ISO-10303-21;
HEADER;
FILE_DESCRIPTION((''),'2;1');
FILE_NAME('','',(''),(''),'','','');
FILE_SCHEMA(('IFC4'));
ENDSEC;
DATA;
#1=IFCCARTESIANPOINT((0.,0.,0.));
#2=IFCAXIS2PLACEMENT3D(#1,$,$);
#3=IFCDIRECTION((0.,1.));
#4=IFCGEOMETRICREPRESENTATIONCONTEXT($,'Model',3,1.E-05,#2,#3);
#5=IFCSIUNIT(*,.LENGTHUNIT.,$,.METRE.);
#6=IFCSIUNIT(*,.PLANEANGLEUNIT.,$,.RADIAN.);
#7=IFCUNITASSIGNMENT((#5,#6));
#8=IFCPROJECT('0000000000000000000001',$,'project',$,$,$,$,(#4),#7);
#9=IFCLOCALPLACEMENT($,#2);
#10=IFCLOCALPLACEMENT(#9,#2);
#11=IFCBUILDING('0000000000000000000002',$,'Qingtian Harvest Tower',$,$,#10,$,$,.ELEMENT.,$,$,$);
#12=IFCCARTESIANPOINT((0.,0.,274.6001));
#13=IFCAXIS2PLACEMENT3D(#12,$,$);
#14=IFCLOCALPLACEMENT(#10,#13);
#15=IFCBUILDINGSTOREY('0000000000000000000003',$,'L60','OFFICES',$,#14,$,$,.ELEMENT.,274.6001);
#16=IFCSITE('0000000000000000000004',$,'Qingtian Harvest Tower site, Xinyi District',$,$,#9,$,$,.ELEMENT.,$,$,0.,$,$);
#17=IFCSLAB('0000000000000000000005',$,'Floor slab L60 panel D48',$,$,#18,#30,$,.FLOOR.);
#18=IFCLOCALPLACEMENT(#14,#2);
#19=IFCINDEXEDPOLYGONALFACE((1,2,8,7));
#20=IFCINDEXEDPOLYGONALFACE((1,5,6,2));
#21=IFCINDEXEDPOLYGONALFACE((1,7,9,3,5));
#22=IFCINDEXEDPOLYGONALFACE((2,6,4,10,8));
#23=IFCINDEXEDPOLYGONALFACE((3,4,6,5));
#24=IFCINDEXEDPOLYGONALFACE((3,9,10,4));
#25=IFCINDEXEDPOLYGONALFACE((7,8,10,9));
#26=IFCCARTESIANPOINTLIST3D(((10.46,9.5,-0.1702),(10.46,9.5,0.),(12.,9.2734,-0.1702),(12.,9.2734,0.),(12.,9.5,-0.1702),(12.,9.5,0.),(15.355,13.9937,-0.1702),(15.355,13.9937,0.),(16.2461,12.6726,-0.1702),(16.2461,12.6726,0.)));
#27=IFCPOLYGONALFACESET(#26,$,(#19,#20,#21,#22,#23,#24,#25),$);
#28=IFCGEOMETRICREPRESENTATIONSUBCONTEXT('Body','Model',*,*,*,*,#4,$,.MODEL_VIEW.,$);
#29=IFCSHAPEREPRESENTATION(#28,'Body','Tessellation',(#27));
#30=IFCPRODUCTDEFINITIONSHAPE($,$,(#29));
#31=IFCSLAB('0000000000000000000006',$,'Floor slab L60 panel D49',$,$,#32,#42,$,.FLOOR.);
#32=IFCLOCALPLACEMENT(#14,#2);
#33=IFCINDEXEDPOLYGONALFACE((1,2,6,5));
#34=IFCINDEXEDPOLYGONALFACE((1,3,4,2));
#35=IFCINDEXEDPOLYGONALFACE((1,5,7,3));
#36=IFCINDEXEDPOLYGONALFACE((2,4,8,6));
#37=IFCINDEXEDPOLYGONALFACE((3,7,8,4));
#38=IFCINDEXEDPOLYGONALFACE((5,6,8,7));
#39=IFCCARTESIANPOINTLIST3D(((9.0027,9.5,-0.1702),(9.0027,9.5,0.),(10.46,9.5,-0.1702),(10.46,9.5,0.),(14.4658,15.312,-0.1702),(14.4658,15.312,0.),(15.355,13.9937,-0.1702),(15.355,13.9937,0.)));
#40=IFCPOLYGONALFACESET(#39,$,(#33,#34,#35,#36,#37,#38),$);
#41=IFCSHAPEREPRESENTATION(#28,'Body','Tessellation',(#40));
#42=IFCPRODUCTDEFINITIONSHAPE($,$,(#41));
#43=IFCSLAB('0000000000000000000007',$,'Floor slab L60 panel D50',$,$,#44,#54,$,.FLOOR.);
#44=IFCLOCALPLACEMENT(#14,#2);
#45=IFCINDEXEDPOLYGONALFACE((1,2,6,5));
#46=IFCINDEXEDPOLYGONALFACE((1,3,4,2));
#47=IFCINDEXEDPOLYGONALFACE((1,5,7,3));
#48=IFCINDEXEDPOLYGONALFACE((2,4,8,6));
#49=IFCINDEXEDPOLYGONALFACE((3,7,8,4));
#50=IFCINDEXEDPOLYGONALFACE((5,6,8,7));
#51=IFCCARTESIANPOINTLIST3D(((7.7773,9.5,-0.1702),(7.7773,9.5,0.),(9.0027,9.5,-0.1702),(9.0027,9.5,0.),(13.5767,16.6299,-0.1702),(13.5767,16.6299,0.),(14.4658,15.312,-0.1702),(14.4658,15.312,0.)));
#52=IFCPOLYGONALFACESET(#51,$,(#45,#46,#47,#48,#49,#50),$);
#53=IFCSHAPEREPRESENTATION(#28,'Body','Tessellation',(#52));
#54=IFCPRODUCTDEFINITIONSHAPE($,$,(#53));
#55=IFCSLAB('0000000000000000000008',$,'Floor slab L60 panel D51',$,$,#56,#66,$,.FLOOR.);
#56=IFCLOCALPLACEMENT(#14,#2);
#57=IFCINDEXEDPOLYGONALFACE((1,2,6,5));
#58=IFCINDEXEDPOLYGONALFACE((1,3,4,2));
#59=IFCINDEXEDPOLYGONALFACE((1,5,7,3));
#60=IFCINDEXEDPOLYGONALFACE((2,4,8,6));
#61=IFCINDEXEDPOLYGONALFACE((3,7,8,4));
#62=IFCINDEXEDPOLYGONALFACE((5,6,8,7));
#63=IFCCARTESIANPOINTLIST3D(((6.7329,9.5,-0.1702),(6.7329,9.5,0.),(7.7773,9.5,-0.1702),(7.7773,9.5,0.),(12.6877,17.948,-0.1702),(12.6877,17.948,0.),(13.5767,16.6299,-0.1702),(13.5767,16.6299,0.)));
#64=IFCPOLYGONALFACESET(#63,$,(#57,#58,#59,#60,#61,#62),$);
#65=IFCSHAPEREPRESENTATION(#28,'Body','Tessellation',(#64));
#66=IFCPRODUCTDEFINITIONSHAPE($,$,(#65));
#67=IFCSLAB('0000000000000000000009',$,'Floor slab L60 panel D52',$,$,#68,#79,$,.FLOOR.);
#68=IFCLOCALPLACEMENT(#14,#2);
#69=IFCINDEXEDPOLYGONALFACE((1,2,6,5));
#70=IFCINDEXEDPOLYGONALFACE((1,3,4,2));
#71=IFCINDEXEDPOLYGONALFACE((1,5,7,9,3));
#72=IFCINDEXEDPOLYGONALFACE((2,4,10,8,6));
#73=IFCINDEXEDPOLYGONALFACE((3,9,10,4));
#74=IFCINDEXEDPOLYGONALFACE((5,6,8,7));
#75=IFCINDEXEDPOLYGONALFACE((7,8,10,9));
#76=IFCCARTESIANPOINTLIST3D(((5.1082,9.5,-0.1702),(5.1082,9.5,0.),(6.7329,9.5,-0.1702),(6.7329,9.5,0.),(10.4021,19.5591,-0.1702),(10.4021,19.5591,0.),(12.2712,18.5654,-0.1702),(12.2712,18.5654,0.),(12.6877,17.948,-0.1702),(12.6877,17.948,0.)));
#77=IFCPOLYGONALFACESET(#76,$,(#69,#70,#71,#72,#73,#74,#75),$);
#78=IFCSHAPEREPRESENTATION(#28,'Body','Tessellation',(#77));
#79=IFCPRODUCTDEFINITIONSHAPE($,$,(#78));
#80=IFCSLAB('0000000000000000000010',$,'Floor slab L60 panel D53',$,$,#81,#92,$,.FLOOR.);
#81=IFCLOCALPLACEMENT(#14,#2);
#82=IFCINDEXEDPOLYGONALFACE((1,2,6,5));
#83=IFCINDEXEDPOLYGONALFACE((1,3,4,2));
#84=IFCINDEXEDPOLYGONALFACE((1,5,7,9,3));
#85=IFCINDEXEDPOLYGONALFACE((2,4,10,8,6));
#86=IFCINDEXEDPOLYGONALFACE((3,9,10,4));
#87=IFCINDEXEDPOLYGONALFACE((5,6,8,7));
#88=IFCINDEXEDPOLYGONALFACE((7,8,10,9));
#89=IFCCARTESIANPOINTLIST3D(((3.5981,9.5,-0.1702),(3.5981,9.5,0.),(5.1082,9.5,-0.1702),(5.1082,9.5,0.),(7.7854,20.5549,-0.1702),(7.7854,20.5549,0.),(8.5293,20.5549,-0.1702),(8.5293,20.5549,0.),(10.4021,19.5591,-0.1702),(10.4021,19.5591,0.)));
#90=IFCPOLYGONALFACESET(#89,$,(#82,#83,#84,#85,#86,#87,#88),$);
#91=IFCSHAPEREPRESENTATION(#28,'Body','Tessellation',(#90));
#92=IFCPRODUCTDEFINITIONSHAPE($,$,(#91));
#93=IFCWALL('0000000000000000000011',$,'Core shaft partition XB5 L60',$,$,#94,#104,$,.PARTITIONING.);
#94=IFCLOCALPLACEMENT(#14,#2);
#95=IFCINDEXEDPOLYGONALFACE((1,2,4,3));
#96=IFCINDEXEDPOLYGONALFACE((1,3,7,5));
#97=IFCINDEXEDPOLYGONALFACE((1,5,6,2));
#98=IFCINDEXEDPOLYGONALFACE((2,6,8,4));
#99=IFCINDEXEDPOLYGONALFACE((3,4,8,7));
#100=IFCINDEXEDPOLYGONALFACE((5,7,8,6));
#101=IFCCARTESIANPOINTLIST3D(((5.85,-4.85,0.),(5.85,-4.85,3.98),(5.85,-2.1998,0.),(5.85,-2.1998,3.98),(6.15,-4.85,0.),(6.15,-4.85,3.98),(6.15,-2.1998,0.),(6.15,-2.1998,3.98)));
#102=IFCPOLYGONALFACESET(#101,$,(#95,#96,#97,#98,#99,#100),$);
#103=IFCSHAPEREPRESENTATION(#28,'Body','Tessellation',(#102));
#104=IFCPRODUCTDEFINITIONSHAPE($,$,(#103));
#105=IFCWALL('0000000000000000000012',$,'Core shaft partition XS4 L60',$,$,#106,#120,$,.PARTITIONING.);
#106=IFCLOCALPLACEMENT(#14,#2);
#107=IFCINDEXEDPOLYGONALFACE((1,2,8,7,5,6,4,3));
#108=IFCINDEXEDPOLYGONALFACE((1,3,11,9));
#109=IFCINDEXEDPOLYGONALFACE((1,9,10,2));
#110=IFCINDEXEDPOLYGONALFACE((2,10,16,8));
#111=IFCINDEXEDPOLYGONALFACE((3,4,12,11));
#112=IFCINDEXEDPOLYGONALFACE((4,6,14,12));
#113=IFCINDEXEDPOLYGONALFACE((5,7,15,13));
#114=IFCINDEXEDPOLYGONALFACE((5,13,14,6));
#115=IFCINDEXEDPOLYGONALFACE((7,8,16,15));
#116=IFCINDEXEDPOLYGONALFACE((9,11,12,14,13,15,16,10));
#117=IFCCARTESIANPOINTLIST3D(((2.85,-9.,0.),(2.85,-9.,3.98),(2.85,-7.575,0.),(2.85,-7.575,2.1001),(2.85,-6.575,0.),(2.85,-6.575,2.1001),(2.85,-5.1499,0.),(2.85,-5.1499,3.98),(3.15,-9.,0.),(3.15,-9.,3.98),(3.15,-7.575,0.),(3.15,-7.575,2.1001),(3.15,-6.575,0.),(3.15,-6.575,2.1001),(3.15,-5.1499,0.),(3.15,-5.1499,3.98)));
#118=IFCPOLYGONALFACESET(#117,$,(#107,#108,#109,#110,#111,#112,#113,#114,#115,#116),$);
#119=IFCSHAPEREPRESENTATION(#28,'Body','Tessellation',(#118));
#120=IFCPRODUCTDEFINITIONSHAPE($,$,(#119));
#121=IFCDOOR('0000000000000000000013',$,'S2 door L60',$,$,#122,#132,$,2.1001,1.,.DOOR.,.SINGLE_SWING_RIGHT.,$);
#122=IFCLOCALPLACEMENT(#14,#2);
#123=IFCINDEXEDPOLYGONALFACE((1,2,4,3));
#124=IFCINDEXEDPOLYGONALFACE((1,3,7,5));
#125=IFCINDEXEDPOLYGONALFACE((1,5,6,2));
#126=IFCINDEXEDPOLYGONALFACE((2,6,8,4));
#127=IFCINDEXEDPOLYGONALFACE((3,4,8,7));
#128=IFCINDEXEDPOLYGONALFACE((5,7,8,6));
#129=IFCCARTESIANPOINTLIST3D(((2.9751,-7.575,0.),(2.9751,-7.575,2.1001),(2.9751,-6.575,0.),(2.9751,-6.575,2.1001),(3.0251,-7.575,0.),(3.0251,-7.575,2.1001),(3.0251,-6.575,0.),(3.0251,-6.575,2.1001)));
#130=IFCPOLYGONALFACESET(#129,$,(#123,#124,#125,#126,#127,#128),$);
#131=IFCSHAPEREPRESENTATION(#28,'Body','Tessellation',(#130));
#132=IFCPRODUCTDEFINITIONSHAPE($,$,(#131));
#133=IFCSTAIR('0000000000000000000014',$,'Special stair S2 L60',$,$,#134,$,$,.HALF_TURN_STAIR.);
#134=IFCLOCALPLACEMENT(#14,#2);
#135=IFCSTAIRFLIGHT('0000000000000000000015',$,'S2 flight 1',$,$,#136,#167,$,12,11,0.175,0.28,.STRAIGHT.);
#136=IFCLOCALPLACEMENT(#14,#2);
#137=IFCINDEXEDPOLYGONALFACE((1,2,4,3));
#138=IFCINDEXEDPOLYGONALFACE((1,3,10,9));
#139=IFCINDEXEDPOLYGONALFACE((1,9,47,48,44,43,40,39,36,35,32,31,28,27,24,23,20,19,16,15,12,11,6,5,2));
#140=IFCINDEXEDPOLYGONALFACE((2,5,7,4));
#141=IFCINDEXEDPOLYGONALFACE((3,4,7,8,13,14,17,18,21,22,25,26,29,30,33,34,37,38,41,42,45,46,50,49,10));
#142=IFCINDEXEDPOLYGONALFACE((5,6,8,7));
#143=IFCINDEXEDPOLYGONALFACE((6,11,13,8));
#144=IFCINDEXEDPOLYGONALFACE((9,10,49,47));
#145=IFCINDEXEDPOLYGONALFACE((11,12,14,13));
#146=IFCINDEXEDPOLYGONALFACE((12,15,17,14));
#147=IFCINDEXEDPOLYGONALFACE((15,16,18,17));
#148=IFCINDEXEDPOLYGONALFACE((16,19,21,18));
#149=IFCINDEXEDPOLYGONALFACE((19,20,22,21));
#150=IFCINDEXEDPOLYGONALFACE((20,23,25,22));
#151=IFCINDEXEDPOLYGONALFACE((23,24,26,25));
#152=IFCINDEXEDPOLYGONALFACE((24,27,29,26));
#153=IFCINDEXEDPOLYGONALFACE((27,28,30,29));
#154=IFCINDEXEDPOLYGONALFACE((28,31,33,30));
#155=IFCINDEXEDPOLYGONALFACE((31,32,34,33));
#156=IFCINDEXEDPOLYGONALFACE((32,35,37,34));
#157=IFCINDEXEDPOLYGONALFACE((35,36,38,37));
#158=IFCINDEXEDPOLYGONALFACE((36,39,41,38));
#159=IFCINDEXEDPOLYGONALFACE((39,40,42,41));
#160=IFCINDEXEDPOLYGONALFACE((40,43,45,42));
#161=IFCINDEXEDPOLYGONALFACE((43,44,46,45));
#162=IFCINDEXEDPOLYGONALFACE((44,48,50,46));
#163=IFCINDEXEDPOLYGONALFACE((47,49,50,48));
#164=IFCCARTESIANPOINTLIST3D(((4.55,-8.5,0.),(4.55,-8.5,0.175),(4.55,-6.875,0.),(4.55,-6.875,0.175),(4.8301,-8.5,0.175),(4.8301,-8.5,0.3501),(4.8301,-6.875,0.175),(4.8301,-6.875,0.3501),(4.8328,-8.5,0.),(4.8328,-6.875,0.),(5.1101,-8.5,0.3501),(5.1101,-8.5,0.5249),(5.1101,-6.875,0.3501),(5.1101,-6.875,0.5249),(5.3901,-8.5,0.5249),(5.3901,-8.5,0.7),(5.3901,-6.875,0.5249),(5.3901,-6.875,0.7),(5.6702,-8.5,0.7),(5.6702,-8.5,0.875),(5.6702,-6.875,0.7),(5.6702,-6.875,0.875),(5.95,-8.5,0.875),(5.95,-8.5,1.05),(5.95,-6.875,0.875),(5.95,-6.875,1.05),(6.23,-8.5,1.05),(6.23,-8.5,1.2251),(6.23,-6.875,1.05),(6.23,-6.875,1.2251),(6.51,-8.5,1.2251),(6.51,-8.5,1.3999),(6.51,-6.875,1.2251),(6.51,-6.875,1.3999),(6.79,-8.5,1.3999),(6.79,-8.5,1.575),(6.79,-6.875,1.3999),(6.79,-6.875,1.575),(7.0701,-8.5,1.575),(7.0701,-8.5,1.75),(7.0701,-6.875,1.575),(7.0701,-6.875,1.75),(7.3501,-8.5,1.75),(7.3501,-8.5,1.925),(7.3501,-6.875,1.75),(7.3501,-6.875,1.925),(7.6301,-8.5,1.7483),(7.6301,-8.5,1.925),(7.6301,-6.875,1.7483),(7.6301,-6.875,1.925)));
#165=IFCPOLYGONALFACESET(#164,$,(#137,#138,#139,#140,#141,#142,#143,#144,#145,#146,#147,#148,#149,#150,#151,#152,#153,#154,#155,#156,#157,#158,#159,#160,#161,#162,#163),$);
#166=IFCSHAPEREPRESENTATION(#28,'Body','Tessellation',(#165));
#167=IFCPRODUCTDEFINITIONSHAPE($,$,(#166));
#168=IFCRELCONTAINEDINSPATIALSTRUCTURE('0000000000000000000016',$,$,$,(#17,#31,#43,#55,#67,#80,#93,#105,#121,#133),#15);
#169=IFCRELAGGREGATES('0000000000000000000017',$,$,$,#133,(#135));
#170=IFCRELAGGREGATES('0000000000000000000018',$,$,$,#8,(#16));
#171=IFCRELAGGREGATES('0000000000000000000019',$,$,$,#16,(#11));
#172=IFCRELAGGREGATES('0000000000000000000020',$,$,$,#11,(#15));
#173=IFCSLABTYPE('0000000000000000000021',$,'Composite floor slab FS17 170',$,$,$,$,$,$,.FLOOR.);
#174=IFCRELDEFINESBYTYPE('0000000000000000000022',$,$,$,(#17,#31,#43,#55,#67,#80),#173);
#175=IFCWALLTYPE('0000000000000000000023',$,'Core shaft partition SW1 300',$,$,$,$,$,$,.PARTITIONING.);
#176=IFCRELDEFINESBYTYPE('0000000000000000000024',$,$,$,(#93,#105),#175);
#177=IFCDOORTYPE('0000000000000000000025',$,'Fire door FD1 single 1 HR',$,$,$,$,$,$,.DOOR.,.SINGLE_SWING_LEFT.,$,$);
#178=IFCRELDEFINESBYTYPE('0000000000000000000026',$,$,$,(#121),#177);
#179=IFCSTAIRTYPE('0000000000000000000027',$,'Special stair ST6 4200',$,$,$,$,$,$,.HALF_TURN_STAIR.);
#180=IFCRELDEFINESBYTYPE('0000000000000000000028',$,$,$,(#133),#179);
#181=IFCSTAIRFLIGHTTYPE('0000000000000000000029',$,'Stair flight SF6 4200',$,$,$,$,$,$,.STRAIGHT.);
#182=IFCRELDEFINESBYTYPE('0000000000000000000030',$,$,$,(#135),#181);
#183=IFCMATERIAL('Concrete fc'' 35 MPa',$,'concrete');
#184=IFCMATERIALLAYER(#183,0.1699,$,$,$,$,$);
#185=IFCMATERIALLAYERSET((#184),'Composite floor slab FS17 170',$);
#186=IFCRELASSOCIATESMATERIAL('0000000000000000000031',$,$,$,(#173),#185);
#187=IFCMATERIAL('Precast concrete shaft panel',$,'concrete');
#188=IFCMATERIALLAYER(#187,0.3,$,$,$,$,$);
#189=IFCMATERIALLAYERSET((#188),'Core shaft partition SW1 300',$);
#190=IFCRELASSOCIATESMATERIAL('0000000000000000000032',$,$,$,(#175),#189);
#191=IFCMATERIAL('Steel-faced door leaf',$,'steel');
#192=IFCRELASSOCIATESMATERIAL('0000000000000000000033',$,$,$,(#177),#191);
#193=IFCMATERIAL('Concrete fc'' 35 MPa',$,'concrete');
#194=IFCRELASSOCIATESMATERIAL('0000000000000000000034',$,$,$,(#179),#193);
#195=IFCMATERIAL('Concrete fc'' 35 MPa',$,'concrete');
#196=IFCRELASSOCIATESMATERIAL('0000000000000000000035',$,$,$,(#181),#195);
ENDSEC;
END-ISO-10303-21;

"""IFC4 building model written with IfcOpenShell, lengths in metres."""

from ifc_helpers import new_model, si_unit, direction, frame, frame_2d, origin, place, context, subcontext, project, spatial, polyline, rectangle, outline, extrude, material, layer, layer_set, type_object, element, fill, aggregate, save


model = new_model("IFC4")

# Units and contexts
model_context = context("Model", 3, precision=1e-05, world=origin(), true_north=direction((0.0, 1.0)))
body_context = subcontext(model_context, "Body", "Model", "MODEL_VIEW")
ifc_project = project(units=[si_unit("LENGTHUNIT", "METRE"), si_unit("PLANEANGLEUNIT", "RADIAN")], contexts=[model_context])

# Site, building, storey
site_placement = place(None, origin())
site = spatial("IfcSite", under=ifc_project, at=site_placement, Name="Qingtian Harvest Tower site, Xinyi District", CompositionType="ELEMENT", RefElevation=0.0)
building_placement = place(site_placement, origin())
building = spatial("IfcBuilding", under=site, at=building_placement, Name="Qingtian Harvest Tower", CompositionType="ELEMENT")
storey_placement = place(building_placement, frame((0.0, 0.0, 274.6001)))
storey = spatial("IfcBuildingStorey", under=building, at=storey_placement, Name="L60", Description="OFFICES", CompositionType="ELEMENT", Elevation=274.6001)

# Slabs
ifc_material_1 = material(Name="Concrete fc' 35 MPa", Category="concrete")
ifc_layer_1 = layer(ifc_material_1, 0.1699)
ifc_layer_set_1 = layer_set([ifc_layer_1], Name="Composite floor slab FS17 170")
slab_type = type_object("IfcSlabType", Name="Composite floor slab FS17 170", PredefinedType="FLOOR", material=ifc_layer_set_1)
slab_1_placement = place(storey_placement, frame((0.0, 0.0, -0.1702)))
element("IfcSlab", 1, at=slab_1_placement, inside=storey, type_object=slab_type, Name="Floor slab L60 panel D48", PredefinedType="FLOOR", context=body_context, shape_type="SweptSolid", body=[
    extrude(outline(polyline([(12.0, 9.5), (10.46, 9.5), (15.355, 13.9937), (16.2461, 12.6726), (12.0, 9.2734), (12.0, 9.5)])), origin(), (0.0, 0.0, 1.0), 0.1702),
])
slab_2_placement = place(storey_placement, frame((0.0, 0.0, -0.1702)))
element("IfcSlab", 2, at=slab_2_placement, inside=storey, type_object=slab_type, Name="Floor slab L60 panel D49", PredefinedType="FLOOR", context=body_context, shape_type="SweptSolid", body=[
    extrude(outline(polyline([(9.0027, 9.5), (14.4658, 15.312), (15.355, 13.9937), (10.46, 9.5), (9.0027, 9.5)])), origin(), (0.0, 0.0, 1.0), 0.1702),
])
slab_3_placement = place(storey_placement, frame((0.0, 0.0, -0.1702)))
element("IfcSlab", 3, at=slab_3_placement, inside=storey, type_object=slab_type, Name="Floor slab L60 panel D50", PredefinedType="FLOOR", context=body_context, shape_type="SweptSolid", body=[
    extrude(outline(polyline([(7.7773, 9.5), (13.5767, 16.6299), (14.4658, 15.312), (9.0027, 9.5), (7.7773, 9.5)])), origin(), (0.0, 0.0, 1.0), 0.1702),
])
slab_4_placement = place(storey_placement, frame((0.0, 0.0, -0.1702)))
element("IfcSlab", 4, at=slab_4_placement, inside=storey, type_object=slab_type, Name="Floor slab L60 panel D51", PredefinedType="FLOOR", context=body_context, shape_type="SweptSolid", body=[
    extrude(outline(polyline([(6.7329, 9.5), (12.6877, 17.948), (13.5767, 16.6299), (7.7773, 9.5), (6.7329, 9.5)])), origin(), (0.0, 0.0, 1.0), 0.1702),
])
slab_5_placement = place(storey_placement, frame((0.0, 0.0, -0.1702)))
element("IfcSlab", 5, at=slab_5_placement, inside=storey, type_object=slab_type, Name="Floor slab L60 panel D52", PredefinedType="FLOOR", context=body_context, shape_type="SweptSolid", body=[
    extrude(outline(polyline([(6.7329, 9.5), (5.1082, 9.5), (10.4021, 19.5591), (12.2712, 18.5654), (12.6877, 17.948), (6.7329, 9.5)])), origin(), (0.0, 0.0, 1.0), 0.1702),
])
slab_6_placement = place(storey_placement, frame((0.0, 0.0, -0.1702)))
element("IfcSlab", 6, at=slab_6_placement, inside=storey, type_object=slab_type, Name="Floor slab L60 panel D53", PredefinedType="FLOOR", context=body_context, shape_type="SweptSolid", body=[
    extrude(outline(polyline([(3.5981, 9.5), (7.7854, 20.5549), (8.5293, 20.5549), (10.4021, 19.5591), (5.1082, 9.5), (3.5981, 9.5)])), origin(), (0.0, 0.0, 1.0), 0.1702),
])

# Wall
ifc_material_2 = material(Name="Precast concrete shaft panel", Category="concrete")
ifc_layer_2 = layer(ifc_material_2, 0.3)
ifc_layer_set_2 = layer_set([ifc_layer_2], Name="Core shaft partition SW1 300")
wall_type_1 = type_object("IfcWallType", Name="Core shaft partition SW1 300", PredefinedType="PARTITIONING", material=ifc_layer_set_2)
wall_1_placement = place(storey_placement, frame((6.0, -4.8501, 0.0), z_axis=(0.0, 0.0, 1.0), x_axis=(0.0, 1.0, 0.0)))
element("IfcWall", 7, at=wall_1_placement, inside=storey, type_object=wall_type_1, Name="Core shaft partition XB5 L60", PredefinedType="PARTITIONING", context=body_context, shape_type="SweptSolid", body=[
    extrude(rectangle(XDim=2.6501, YDim=0.3, at=frame_2d((1.3252, 0.0))), origin(), (0.0, 0.0, 1.0), 3.98),
])

# Wall, opening, door
wall_2_placement = place(storey_placement, frame((3.0, -9.0, 0.0), z_axis=(0.0, 0.0, 1.0), x_axis=(0.0, 1.0, 0.0)))
wall_2 = element("IfcWall", 8, at=wall_2_placement, inside=storey, type_object=wall_type_1, Name="Core shaft partition XS4 L60", PredefinedType="PARTITIONING", context=body_context, shape_type="SweptSolid", body=[
    extrude(rectangle(XDim=3.8501, YDim=0.3, at=frame_2d((1.925, 0.0))), origin(), (0.0, 0.0, 1.0), 3.98),
])
opening_1_placement = place(wall_2_placement, frame((1.425, 0.0, 0.0)))
opening_1 = element("IfcOpeningElement", 9, at=opening_1_placement, cuts=wall_2, PredefinedType="OPENING", context=body_context, shape_type="SweptSolid", body=[
    extrude(rectangle(XDim=1.0, YDim=2.1001, at=frame_2d((0.5, 1.05))), frame((0.0, 0.1599, 0.0), z_axis=(0.0, -1.0, 0.0), x_axis=(1.0, 0.0, 0.0)), (0.0, 0.0, 1.0), 0.3201),
])
ifc_material_3 = material(Name="Steel-faced door leaf", Category="steel")
door_type_1 = type_object("IfcDoorType", Name="Fire door FD1 single 1 HR", OperationType="SINGLE_SWING_LEFT", PredefinedType="DOOR", material=ifc_material_3)
door_1_placement = place(opening_1_placement, origin())
door_1 = element("IfcDoor", 10, at=door_1_placement, inside=storey, type_object=door_type_1, Name="S2 door L60", OperationType="SINGLE_SWING_RIGHT", OverallHeight=2.1001, OverallWidth=1.0, PredefinedType="DOOR", context=body_context, shape_type="SweptSolid", body=[
    extrude(rectangle(XDim=1.0, YDim=2.1001, at=frame_2d((0.5, 1.05))), frame((0.0, 0.0249, 0.0), z_axis=(0.0, -1.0, 0.0), x_axis=(1.0, 0.0, 0.0)), (0.0, 0.0, 1.0), 0.05),
])
fill(opening_1, door_1)

# Stair, stair flight
ifc_material_4 = material(Name="Concrete fc' 35 MPa", Category="concrete")
stair_type = type_object("IfcStairType", Name="Special stair ST6 4200", PredefinedType="HALF_TURN_STAIR", material=ifc_material_4)
stair_placement = place(storey_placement, origin())
stair = element("IfcStair", 11, at=stair_placement, inside=storey, type_object=stair_type, Name="Special stair S2 L60", PredefinedType="HALF_TURN_STAIR")
ifc_material_5 = material(Name="Concrete fc' 35 MPa", Category="concrete")
stair_flight_type = type_object("IfcStairFlightType", Name="Stair flight SF6 4200", PredefinedType="STRAIGHT", material=ifc_material_5)
stair_flight_1_placement = place(storey_placement, frame((4.55, -7.6875, 0.0), z_axis=(0.0, 0.0, 1.0), x_axis=(1.0, 0.0, 0.0)))
stair_flight_1 = element("IfcStairFlight", 12, at=stair_flight_1_placement, type_object=stair_flight_type, Name="S2 flight 1", NumberOfRisers=12, NumberOfTreads=11, PredefinedType="STRAIGHT", RiserHeight=0.175, TreadLength=0.28, context=body_context, shape_type="SweptSolid", body=[
    extrude(outline(polyline([(0.0, 0.0), (0.0, 0.175), (0.28, 0.175), (0.28, 0.3501), (0.5601, 0.3501), (0.5601, 0.5249), (0.8401, 0.5249), (0.8401, 0.7), (1.1201, 0.7), (1.1201, 0.875), (1.3999, 0.875), (1.3999, 1.05), (1.6799, 1.05), (1.6799, 1.2251), (1.96, 1.2251), (1.96, 1.3999), (2.24, 1.3999), (2.24, 1.575), (2.52, 1.575), (2.52, 1.75), (2.8, 1.75), (2.8, 1.925), (3.0801, 1.925), (3.0801, 2.1001), (3.0801, 1.7483), (0.2827, 0.0), (0.0, 0.0)])), frame((0.0, 0.8125, 0.0), z_axis=(0.0, -1.0, 0.0), x_axis=(1.0, 0.0, 0.0)), (0.0, 0.0, 1.0), 1.625),
])
aggregate(stair, [stair_flight_1])

save(model, "model.ifc")
